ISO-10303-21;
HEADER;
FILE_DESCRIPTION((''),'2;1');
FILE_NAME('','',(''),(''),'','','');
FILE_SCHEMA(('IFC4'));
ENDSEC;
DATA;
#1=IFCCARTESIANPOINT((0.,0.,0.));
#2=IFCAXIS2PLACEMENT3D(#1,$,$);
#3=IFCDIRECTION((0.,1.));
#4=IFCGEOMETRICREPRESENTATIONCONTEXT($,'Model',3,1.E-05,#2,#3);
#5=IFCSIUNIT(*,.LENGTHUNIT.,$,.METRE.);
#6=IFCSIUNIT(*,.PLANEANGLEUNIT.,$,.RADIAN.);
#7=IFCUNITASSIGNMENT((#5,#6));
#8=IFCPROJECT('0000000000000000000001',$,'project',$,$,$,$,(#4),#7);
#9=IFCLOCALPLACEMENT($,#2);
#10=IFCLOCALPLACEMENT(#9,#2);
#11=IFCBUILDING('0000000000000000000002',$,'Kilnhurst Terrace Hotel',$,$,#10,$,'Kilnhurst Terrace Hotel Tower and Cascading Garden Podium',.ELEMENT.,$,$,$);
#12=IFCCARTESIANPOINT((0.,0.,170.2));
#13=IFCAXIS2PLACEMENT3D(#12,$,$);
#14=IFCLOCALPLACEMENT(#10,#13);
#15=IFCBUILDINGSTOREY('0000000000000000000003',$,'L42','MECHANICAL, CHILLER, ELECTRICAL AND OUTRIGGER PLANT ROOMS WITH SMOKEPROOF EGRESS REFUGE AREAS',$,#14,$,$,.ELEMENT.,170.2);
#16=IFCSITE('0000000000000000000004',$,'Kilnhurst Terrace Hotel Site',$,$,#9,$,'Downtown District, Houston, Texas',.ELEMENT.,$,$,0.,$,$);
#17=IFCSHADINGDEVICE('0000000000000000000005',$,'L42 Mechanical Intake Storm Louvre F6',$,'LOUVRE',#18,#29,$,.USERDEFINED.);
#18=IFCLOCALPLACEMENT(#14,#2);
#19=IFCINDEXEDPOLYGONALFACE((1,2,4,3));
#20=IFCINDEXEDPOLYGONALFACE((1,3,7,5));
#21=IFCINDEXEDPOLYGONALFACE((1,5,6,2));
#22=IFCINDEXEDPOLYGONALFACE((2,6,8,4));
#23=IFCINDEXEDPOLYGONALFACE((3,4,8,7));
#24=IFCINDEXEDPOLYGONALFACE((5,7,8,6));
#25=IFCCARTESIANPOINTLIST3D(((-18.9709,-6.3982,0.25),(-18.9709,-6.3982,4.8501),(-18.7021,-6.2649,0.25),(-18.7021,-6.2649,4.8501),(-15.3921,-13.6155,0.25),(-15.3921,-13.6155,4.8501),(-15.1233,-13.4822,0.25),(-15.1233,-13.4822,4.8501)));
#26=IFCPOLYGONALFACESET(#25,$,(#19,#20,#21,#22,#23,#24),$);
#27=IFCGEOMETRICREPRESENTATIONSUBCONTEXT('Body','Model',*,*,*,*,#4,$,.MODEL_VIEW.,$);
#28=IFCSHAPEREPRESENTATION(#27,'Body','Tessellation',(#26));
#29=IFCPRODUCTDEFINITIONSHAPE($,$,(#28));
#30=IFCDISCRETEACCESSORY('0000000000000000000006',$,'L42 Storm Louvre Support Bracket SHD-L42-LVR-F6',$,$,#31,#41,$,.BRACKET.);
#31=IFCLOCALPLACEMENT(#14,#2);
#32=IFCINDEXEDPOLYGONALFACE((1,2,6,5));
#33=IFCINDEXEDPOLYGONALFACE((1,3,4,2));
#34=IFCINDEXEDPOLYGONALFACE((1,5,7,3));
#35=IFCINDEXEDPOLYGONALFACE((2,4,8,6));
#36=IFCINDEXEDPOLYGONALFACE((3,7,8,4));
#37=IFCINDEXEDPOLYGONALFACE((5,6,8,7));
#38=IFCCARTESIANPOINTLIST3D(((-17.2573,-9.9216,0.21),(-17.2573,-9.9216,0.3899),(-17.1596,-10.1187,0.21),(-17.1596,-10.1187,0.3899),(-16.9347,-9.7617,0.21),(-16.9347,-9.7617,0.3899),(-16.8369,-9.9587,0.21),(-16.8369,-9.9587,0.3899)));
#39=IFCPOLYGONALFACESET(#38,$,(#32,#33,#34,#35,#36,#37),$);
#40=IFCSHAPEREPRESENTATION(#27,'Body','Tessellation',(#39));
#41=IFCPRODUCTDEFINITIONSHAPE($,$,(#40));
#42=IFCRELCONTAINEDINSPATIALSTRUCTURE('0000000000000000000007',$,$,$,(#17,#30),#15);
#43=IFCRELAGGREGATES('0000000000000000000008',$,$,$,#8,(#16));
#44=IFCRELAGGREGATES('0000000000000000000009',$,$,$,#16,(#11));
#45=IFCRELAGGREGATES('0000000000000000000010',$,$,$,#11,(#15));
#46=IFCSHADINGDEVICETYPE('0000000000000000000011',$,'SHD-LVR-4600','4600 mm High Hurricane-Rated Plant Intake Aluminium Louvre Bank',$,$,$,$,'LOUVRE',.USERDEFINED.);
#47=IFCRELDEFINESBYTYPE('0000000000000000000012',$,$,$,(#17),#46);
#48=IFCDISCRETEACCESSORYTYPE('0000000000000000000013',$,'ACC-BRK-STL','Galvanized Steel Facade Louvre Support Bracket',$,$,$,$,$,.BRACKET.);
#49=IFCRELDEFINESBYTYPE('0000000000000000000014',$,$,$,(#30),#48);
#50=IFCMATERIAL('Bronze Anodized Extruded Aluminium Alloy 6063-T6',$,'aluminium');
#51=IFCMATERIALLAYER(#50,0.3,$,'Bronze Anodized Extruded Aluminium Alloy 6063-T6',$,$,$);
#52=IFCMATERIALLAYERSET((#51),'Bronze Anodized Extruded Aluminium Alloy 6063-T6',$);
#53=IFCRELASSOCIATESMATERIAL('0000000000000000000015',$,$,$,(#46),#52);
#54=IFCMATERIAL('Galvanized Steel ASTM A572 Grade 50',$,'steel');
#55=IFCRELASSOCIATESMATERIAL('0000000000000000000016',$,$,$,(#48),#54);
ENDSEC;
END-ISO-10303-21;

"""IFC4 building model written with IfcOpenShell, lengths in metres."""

from ifc_helpers import new_model, si_unit, direction, frame, origin, origin_2d, place, context, subcontext, project, spatial, rectangle, extrude, material, layer, layer_set, type_object, element, save


model = new_model("IFC4")

# Units and contexts
model_context = context("Model", 3, precision=1e-05, world=origin(), true_north=direction((0.0, 1.0)))
body_context = subcontext(model_context, "Body", "Model", "MODEL_VIEW")
ifc_project = project(units=[si_unit("LENGTHUNIT", "METRE"), si_unit("PLANEANGLEUNIT", "RADIAN")], contexts=[model_context])

# Site, building, storey
site_placement = place(None, origin())
site = spatial("IfcSite", under=ifc_project, at=site_placement, Name="Kilnhurst Terrace Hotel Site", LongName="Downtown District, Houston, Texas", CompositionType="ELEMENT", RefElevation=0.0)
building_placement = place(site_placement, origin())
building = spatial("IfcBuilding", under=site, at=building_placement, Name="Kilnhurst Terrace Hotel", LongName="Kilnhurst Terrace Hotel Tower and Cascading Garden Podium", CompositionType="ELEMENT")
storey_placement = place(building_placement, frame((0.0, 0.0, 170.2)))
storey = spatial("IfcBuildingStorey", under=building, at=storey_placement, Name="L42", Description="MECHANICAL, CHILLER, ELECTRICAL AND OUTRIGGER PLANT ROOMS WITH SMOKEPROOF EGRESS REFUGE AREAS", CompositionType="ELEMENT", Elevation=170.2)

# Shading device
ifc_material_1 = material(Name="Bronze Anodized Extruded Aluminium Alloy 6063-T6", Category="aluminium")
ifc_layer_1 = layer(ifc_material_1, 0.3, Name="Bronze Anodized Extruded Aluminium Alloy 6063-T6")
ifc_layer_set_1 = layer_set([ifc_layer_1], Name="Bronze Anodized Extruded Aluminium Alloy 6063-T6")
shading_device_type = type_object("IfcShadingDeviceType", Name="SHD-LVR-4600", Description="4600 mm High Hurricane-Rated Plant Intake Aluminium Louvre Bank", ElementType="LOUVRE", PredefinedType="USERDEFINED", material=ifc_layer_set_1)
shading_device_placement = place(storey_placement, frame((-17.0471, -9.9402, 0.25), z_axis=(0.0, 0.0, 1.0), x_axis=(0.444244, -0.895906, 0.0)))
element("IfcShadingDevice", 1, at=shading_device_placement, inside=storey, type_object=shading_device_type, Name="L42 Mechanical Intake Storm Louvre F6", ObjectType="LOUVRE", PredefinedType="USERDEFINED", context=body_context, shape_type="SweptSolid", body=[
    extrude(rectangle(XDim=8.0559, YDim=0.3, at=origin_2d()), origin(), (0.0, 0.0, 1.0), 4.6001),
])

# Discrete accessory
ifc_material_2 = material(Name="Galvanized Steel ASTM A572 Grade 50", Category="steel")
discrete_accessory_type = type_object("IfcDiscreteAccessoryType", Name="ACC-BRK-STL", Description="Galvanized Steel Facade Louvre Support Bracket", PredefinedType="BRACKET", material=ifc_material_2)
discrete_accessory_placement = place(storey_placement, frame((-17.0471, -9.9402, 0.21), z_axis=(0.0, 0.0, 1.0), x_axis=(0.444244, -0.895906, 0.0)))
element("IfcDiscreteAccessory", 2, at=discrete_accessory_placement, inside=storey, type_object=discrete_accessory_type, Name="L42 Storm Louvre Support Bracket SHD-L42-LVR-F6", PredefinedType="BRACKET", context=body_context, shape_type="SweptSolid", body=[
    extrude(rectangle(XDim=0.22, YDim=0.3601, at=origin_2d()), origin(), (0.0, 0.0, 1.0), 0.1799),
])

save(model, "model.ifc")
